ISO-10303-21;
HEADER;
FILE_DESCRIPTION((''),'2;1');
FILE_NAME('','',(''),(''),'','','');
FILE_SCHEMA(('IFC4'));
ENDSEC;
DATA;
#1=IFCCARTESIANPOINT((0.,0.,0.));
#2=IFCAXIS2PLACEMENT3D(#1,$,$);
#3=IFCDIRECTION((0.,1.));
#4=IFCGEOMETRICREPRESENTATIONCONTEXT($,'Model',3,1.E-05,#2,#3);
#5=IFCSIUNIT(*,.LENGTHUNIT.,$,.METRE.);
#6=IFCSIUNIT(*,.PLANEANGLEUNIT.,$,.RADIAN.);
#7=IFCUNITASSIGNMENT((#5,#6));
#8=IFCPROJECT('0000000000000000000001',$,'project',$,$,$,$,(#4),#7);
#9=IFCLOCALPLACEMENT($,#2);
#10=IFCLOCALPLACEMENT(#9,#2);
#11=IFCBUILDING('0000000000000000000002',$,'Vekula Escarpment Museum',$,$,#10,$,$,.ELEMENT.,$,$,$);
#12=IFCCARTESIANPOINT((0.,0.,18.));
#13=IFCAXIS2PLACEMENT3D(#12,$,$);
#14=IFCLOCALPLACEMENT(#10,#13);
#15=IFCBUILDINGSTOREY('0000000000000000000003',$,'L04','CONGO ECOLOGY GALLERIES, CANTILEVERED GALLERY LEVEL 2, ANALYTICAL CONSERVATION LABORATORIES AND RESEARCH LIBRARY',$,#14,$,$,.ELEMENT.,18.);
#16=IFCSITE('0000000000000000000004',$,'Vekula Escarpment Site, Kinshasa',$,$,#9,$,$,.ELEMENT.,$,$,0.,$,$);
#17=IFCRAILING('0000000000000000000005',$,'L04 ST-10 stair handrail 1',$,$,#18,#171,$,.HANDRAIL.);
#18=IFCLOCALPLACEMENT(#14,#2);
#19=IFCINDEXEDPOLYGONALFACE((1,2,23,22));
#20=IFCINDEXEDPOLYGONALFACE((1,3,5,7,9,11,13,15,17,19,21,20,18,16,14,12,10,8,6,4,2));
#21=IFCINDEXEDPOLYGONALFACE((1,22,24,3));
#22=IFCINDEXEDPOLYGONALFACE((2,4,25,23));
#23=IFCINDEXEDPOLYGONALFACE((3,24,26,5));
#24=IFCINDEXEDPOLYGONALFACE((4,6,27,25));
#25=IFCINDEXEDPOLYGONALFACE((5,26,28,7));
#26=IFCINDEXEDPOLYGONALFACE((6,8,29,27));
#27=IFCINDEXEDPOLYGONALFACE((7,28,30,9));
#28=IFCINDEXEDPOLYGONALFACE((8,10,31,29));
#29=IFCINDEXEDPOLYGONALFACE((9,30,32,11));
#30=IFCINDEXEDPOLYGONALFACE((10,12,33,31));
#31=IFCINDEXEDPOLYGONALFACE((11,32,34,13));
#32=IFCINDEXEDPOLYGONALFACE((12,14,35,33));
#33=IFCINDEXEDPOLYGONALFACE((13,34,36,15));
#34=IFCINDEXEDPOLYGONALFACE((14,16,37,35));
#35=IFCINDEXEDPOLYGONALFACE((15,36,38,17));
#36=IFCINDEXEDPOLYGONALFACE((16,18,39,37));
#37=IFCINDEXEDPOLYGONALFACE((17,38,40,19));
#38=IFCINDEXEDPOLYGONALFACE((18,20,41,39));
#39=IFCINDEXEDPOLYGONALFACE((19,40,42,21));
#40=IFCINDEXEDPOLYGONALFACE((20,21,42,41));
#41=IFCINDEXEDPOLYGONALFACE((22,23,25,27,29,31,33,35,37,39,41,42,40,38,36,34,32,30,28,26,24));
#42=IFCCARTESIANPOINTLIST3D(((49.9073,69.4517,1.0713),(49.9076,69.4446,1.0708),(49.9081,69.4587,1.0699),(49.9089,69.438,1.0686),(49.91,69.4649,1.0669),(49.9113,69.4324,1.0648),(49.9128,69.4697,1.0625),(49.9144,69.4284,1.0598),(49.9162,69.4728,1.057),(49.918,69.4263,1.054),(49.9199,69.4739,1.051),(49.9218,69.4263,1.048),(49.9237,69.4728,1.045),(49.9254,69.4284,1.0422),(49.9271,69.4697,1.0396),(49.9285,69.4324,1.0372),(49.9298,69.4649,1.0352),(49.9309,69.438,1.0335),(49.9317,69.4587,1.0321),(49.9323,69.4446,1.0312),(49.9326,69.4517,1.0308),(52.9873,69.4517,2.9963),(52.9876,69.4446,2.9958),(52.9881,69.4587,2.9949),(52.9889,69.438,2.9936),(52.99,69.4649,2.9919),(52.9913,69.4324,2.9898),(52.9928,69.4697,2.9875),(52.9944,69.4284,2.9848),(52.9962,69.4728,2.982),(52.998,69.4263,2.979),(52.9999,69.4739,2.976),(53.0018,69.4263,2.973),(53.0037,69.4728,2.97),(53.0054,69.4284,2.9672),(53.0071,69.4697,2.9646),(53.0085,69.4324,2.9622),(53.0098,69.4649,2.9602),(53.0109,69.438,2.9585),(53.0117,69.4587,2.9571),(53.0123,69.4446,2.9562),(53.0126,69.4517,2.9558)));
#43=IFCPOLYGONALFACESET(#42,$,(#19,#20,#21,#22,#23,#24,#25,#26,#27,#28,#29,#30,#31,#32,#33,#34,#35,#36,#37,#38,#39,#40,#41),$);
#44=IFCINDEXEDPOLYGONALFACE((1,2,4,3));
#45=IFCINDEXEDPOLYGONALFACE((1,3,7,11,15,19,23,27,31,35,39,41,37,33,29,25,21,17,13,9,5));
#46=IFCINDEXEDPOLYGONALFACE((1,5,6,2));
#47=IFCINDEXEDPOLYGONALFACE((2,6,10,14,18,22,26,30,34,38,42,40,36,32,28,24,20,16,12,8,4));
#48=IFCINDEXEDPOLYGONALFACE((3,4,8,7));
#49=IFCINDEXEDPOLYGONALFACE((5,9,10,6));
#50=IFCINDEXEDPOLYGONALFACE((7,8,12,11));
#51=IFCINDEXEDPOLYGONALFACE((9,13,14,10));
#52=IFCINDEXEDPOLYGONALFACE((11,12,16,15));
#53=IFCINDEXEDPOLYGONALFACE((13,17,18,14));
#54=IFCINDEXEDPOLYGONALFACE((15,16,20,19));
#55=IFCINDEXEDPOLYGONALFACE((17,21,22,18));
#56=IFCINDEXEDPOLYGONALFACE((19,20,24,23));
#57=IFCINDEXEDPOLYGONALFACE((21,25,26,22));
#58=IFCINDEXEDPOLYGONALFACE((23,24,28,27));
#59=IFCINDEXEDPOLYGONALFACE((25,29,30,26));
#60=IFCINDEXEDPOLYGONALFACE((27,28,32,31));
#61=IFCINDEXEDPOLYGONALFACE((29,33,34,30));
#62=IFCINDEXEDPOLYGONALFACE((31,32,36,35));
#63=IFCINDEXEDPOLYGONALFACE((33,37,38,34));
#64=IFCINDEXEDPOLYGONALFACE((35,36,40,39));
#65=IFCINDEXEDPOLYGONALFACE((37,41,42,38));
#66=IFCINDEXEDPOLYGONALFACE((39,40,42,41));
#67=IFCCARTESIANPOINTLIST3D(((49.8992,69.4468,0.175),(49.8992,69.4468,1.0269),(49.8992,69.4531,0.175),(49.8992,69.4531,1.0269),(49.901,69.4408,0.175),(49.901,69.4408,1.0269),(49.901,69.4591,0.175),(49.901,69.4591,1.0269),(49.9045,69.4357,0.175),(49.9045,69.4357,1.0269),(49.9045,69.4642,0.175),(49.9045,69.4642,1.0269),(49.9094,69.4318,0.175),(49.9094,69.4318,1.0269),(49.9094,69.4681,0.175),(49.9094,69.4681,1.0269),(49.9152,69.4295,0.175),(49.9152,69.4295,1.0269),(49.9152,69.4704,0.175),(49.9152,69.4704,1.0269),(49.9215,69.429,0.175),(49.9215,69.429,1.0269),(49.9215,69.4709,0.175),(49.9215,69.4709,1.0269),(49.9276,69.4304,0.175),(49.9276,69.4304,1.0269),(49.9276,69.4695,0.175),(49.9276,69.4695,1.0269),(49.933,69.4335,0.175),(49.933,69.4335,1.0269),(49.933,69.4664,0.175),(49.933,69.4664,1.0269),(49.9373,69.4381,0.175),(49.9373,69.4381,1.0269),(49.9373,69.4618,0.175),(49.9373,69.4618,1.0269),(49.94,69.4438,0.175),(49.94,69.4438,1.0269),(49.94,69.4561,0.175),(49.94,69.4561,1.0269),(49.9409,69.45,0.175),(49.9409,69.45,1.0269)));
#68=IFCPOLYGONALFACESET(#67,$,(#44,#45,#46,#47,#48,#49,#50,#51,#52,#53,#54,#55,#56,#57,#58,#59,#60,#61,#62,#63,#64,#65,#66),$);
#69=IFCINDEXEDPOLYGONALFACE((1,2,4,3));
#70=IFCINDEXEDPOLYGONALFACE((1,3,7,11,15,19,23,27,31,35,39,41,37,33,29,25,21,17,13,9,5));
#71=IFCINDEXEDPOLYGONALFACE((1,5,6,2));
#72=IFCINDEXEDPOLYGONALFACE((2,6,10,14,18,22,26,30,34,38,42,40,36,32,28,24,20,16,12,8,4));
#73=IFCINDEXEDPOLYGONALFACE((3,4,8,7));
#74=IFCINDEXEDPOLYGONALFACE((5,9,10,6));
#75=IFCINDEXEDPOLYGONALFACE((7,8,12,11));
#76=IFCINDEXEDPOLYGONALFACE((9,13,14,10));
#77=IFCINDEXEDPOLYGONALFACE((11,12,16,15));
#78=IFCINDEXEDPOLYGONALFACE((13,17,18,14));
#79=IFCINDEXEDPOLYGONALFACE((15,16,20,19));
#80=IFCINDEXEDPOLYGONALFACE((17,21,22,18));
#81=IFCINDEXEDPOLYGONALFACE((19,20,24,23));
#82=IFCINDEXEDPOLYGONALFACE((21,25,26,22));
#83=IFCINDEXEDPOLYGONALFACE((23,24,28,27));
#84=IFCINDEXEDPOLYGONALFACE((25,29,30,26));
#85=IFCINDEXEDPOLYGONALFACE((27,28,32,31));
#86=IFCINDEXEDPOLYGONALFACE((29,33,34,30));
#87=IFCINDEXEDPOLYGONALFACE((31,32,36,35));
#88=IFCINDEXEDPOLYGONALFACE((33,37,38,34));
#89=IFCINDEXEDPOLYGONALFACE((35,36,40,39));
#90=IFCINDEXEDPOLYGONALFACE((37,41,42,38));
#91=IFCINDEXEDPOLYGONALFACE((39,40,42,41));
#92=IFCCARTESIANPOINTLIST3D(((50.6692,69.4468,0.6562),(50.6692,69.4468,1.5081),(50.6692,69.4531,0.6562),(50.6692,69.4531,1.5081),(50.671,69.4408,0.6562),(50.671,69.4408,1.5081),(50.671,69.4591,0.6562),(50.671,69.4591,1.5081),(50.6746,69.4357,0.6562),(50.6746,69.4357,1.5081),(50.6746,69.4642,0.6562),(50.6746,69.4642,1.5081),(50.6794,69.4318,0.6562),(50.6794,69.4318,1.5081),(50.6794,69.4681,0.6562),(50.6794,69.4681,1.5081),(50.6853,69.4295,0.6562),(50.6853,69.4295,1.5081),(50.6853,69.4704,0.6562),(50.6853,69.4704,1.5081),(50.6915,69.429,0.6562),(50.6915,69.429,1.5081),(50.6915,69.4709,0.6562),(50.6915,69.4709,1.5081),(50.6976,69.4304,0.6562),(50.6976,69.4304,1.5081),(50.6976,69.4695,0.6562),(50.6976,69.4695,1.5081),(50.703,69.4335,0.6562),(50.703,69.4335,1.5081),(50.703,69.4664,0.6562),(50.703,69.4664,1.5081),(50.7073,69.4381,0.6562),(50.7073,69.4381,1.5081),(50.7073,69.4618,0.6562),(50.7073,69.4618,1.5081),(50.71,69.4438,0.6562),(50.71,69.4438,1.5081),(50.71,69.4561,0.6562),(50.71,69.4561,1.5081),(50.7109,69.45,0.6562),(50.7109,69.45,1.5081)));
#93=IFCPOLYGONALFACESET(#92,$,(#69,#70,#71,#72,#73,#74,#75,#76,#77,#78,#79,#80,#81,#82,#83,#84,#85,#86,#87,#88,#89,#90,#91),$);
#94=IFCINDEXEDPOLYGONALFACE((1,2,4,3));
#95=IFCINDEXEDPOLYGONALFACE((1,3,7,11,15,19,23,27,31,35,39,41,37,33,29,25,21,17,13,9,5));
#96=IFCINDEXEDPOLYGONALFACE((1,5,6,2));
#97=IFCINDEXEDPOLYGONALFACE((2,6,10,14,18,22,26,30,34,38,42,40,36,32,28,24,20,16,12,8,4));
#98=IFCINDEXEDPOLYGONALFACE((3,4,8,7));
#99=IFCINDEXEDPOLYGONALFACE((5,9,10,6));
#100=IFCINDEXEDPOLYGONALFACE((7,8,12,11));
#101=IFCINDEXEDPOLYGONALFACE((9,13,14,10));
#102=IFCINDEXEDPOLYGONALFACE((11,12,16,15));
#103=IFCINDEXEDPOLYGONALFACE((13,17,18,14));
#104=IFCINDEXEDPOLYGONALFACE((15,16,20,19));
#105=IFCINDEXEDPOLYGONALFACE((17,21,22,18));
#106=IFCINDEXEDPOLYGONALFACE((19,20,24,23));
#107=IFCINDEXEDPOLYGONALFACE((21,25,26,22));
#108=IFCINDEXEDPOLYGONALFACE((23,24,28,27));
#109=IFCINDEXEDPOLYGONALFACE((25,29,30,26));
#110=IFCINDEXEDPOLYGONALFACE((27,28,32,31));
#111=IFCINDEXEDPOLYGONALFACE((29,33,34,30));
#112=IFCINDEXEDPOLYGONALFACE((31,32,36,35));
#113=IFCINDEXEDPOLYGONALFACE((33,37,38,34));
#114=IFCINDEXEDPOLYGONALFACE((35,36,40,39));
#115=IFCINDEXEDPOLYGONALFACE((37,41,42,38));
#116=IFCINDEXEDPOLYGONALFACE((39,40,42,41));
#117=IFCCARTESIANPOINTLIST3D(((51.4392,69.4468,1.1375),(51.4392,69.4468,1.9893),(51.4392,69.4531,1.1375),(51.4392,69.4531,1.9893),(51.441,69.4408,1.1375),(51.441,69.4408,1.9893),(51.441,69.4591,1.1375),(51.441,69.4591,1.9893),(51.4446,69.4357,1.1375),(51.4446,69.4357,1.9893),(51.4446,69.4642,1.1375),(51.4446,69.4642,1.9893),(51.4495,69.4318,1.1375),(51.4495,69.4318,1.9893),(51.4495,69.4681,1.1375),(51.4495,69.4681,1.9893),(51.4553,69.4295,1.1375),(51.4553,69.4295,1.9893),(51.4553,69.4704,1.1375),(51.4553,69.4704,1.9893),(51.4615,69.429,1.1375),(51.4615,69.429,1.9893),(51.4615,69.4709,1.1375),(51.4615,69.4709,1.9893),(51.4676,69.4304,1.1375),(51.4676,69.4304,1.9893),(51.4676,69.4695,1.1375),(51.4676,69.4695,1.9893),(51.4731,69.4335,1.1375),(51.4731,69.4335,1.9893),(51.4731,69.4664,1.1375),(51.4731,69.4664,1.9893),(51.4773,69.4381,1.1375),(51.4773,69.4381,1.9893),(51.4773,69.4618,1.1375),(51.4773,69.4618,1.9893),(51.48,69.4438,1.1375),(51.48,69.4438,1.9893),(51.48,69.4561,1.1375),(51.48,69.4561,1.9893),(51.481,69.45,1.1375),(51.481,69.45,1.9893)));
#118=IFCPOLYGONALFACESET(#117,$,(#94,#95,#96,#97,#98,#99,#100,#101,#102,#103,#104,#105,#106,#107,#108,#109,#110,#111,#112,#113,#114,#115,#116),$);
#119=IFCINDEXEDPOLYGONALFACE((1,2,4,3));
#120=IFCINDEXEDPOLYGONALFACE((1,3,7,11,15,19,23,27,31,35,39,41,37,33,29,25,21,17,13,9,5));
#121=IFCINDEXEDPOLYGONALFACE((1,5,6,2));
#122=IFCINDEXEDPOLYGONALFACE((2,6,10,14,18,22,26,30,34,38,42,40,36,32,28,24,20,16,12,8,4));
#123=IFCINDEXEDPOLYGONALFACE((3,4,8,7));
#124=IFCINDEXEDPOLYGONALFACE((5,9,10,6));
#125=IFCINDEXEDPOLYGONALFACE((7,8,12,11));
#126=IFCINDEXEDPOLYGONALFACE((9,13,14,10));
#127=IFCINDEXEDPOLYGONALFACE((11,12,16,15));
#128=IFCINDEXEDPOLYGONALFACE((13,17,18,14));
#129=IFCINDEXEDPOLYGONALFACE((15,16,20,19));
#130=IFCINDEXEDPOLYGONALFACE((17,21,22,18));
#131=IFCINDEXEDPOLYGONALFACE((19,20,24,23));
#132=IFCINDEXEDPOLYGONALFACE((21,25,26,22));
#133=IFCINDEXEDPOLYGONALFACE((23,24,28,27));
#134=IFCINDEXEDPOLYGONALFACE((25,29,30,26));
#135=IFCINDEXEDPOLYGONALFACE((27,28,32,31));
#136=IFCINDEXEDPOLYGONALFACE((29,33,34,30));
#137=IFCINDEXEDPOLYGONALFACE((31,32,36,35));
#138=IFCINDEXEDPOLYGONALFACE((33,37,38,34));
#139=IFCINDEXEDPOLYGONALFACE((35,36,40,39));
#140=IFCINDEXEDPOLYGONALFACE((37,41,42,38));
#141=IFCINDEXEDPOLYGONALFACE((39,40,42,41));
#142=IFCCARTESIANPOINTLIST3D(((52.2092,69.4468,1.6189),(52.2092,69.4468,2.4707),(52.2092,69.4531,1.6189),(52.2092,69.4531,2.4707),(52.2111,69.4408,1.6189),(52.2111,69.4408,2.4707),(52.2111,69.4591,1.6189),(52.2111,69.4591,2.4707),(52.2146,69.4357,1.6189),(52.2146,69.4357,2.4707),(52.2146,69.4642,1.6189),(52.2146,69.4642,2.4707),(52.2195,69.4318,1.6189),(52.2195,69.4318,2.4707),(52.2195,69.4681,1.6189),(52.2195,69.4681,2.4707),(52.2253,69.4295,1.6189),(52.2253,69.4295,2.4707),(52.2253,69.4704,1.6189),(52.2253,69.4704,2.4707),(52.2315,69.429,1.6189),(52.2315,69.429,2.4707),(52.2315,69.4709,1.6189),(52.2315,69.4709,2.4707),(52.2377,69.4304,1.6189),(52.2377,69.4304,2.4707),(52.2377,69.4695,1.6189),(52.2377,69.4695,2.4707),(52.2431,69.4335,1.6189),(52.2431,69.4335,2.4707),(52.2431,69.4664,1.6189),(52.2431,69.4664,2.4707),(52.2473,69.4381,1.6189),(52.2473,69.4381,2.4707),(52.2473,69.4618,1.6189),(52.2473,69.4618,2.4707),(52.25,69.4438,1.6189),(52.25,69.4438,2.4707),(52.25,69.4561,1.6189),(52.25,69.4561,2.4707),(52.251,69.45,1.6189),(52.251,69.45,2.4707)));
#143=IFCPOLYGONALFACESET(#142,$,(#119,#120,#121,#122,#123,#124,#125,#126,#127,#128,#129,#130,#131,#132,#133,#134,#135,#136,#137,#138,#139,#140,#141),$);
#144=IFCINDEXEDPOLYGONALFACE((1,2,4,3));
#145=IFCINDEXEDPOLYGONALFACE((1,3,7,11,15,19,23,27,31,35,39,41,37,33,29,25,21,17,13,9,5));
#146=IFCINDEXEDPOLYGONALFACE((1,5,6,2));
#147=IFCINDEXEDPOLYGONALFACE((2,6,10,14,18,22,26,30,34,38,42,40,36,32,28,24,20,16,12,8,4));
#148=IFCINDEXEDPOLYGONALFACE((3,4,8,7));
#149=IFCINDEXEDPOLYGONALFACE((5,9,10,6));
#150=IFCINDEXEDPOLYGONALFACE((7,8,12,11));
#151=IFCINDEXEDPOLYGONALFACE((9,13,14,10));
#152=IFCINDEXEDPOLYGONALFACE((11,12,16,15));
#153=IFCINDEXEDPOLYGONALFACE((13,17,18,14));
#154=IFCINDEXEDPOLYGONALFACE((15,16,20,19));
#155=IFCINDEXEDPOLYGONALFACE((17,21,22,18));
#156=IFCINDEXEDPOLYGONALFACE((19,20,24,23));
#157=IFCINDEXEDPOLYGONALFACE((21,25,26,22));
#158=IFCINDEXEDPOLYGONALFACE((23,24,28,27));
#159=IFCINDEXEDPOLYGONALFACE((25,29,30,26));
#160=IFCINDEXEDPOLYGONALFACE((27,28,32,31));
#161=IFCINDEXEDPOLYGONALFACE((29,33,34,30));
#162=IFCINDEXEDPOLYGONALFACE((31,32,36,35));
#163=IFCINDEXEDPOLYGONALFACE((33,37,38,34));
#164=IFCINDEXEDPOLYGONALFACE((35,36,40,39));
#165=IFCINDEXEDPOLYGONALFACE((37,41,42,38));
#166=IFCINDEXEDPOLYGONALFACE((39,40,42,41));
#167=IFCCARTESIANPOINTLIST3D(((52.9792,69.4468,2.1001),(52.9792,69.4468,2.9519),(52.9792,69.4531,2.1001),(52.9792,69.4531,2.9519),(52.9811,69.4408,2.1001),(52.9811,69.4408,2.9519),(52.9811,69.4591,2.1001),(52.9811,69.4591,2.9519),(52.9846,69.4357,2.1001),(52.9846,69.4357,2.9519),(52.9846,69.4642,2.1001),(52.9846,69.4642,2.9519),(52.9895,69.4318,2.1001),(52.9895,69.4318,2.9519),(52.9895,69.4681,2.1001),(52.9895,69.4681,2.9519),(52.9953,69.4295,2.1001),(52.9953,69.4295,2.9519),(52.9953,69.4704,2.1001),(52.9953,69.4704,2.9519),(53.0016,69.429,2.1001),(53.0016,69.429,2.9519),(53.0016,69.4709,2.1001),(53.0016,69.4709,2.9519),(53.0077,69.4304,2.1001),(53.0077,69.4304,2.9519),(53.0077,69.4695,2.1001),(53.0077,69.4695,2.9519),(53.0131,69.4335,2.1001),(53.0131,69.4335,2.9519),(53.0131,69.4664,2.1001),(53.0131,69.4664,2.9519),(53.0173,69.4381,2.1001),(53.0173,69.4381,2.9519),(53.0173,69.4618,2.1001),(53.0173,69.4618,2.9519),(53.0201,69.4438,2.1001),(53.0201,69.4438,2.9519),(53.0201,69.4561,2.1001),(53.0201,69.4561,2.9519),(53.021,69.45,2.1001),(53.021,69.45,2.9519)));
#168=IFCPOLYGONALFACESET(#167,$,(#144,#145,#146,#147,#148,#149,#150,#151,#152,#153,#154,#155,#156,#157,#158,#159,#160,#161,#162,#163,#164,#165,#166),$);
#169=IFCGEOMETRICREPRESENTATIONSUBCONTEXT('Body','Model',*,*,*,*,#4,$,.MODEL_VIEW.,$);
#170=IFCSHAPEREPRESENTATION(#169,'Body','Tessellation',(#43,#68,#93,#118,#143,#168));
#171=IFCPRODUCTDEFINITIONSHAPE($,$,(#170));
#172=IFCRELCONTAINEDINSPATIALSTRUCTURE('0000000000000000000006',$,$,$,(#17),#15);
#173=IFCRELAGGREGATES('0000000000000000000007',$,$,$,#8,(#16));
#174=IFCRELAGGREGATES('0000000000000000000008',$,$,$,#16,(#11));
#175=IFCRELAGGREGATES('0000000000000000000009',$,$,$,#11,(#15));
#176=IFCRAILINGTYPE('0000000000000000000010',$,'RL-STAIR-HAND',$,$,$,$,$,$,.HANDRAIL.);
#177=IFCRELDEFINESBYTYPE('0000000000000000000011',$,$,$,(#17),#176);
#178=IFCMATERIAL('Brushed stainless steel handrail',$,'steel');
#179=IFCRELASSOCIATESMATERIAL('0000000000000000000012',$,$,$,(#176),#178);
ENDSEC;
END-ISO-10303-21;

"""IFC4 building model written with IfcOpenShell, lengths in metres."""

from ifc_helpers import new_model, si_unit, direction, frame, origin, origin_2d, place, context, subcontext, project, spatial, circle, extrude, material, type_object, element, save


model = new_model("IFC4")

# Units and contexts
model_context = context("Model", 3, precision=1e-05, world=origin(), true_north=direction((0.0, 1.0)))
body_context = subcontext(model_context, "Body", "Model", "MODEL_VIEW")
ifc_project = project(units=[si_unit("LENGTHUNIT", "METRE"), si_unit("PLANEANGLEUNIT", "RADIAN")], contexts=[model_context])

# Site, building, storey
site_placement = place(None, origin())
site = spatial("IfcSite", under=ifc_project, at=site_placement, Name="Vekula Escarpment Site, Kinshasa", CompositionType="ELEMENT", RefElevation=0.0)
building_placement = place(site_placement, origin())
building = spatial("IfcBuilding", under=site, at=building_placement, Name="Vekula Escarpment Museum", CompositionType="ELEMENT")
storey_placement = place(building_placement, frame((0.0, 0.0, 18.0)))
storey = spatial("IfcBuildingStorey", under=building, at=storey_placement, Name="L04", Description="CONGO ECOLOGY GALLERIES, CANTILEVERED GALLERY LEVEL 2, ANALYTICAL CONSERVATION LABORATORIES AND RESEARCH LIBRARY", CompositionType="ELEMENT", Elevation=18.0)

# Railing
ifc_material_1 = material(Name="Brushed stainless steel handrail", Category="steel")
railing_type_1 = type_object("IfcRailingType", Name="RL-STAIR-HAND", PredefinedType="HANDRAIL", material=ifc_material_1)
railing_1_placement = place(storey_placement, frame((49.9199, 69.45, 0.175)))
element("IfcRailing", 1, at=railing_1_placement, inside=storey, type_object=railing_type_1, Name="L04 ST-10 stair handrail 1", PredefinedType="HANDRAIL", context=body_context, shape_type="SweptSolid", body=[
    extrude(circle(Radius=0.0239, at=origin_2d()), frame((0.0, 0.0, 0.876), z_axis=(0.847998, 0.0, 0.529999), x_axis=(0.0, 1.0, 0.0)), (0.0, 0.0, 1.0), 3.6321),
    extrude(circle(Radius=0.021, at=origin_2d()), origin(), (0.0, 0.0, 1.0), 0.8518),
    extrude(circle(Radius=0.021, at=origin_2d()), frame((0.77, 0.0, 0.4812)), (0.0, 0.0, 1.0), 0.8518),
    extrude(circle(Radius=0.021, at=origin_2d()), frame((1.54, 0.0, 0.9624)), (0.0, 0.0, 1.0), 0.8518),
    extrude(circle(Radius=0.021, at=origin_2d()), frame((2.3101, 0.0, 1.4438)), (0.0, 0.0, 1.0), 0.8518),
    extrude(circle(Radius=0.021, at=origin_2d()), frame((3.0801, 0.0, 1.925)), (0.0, 0.0, 1.0), 0.8518),
])

save(model, "model.ifc")
